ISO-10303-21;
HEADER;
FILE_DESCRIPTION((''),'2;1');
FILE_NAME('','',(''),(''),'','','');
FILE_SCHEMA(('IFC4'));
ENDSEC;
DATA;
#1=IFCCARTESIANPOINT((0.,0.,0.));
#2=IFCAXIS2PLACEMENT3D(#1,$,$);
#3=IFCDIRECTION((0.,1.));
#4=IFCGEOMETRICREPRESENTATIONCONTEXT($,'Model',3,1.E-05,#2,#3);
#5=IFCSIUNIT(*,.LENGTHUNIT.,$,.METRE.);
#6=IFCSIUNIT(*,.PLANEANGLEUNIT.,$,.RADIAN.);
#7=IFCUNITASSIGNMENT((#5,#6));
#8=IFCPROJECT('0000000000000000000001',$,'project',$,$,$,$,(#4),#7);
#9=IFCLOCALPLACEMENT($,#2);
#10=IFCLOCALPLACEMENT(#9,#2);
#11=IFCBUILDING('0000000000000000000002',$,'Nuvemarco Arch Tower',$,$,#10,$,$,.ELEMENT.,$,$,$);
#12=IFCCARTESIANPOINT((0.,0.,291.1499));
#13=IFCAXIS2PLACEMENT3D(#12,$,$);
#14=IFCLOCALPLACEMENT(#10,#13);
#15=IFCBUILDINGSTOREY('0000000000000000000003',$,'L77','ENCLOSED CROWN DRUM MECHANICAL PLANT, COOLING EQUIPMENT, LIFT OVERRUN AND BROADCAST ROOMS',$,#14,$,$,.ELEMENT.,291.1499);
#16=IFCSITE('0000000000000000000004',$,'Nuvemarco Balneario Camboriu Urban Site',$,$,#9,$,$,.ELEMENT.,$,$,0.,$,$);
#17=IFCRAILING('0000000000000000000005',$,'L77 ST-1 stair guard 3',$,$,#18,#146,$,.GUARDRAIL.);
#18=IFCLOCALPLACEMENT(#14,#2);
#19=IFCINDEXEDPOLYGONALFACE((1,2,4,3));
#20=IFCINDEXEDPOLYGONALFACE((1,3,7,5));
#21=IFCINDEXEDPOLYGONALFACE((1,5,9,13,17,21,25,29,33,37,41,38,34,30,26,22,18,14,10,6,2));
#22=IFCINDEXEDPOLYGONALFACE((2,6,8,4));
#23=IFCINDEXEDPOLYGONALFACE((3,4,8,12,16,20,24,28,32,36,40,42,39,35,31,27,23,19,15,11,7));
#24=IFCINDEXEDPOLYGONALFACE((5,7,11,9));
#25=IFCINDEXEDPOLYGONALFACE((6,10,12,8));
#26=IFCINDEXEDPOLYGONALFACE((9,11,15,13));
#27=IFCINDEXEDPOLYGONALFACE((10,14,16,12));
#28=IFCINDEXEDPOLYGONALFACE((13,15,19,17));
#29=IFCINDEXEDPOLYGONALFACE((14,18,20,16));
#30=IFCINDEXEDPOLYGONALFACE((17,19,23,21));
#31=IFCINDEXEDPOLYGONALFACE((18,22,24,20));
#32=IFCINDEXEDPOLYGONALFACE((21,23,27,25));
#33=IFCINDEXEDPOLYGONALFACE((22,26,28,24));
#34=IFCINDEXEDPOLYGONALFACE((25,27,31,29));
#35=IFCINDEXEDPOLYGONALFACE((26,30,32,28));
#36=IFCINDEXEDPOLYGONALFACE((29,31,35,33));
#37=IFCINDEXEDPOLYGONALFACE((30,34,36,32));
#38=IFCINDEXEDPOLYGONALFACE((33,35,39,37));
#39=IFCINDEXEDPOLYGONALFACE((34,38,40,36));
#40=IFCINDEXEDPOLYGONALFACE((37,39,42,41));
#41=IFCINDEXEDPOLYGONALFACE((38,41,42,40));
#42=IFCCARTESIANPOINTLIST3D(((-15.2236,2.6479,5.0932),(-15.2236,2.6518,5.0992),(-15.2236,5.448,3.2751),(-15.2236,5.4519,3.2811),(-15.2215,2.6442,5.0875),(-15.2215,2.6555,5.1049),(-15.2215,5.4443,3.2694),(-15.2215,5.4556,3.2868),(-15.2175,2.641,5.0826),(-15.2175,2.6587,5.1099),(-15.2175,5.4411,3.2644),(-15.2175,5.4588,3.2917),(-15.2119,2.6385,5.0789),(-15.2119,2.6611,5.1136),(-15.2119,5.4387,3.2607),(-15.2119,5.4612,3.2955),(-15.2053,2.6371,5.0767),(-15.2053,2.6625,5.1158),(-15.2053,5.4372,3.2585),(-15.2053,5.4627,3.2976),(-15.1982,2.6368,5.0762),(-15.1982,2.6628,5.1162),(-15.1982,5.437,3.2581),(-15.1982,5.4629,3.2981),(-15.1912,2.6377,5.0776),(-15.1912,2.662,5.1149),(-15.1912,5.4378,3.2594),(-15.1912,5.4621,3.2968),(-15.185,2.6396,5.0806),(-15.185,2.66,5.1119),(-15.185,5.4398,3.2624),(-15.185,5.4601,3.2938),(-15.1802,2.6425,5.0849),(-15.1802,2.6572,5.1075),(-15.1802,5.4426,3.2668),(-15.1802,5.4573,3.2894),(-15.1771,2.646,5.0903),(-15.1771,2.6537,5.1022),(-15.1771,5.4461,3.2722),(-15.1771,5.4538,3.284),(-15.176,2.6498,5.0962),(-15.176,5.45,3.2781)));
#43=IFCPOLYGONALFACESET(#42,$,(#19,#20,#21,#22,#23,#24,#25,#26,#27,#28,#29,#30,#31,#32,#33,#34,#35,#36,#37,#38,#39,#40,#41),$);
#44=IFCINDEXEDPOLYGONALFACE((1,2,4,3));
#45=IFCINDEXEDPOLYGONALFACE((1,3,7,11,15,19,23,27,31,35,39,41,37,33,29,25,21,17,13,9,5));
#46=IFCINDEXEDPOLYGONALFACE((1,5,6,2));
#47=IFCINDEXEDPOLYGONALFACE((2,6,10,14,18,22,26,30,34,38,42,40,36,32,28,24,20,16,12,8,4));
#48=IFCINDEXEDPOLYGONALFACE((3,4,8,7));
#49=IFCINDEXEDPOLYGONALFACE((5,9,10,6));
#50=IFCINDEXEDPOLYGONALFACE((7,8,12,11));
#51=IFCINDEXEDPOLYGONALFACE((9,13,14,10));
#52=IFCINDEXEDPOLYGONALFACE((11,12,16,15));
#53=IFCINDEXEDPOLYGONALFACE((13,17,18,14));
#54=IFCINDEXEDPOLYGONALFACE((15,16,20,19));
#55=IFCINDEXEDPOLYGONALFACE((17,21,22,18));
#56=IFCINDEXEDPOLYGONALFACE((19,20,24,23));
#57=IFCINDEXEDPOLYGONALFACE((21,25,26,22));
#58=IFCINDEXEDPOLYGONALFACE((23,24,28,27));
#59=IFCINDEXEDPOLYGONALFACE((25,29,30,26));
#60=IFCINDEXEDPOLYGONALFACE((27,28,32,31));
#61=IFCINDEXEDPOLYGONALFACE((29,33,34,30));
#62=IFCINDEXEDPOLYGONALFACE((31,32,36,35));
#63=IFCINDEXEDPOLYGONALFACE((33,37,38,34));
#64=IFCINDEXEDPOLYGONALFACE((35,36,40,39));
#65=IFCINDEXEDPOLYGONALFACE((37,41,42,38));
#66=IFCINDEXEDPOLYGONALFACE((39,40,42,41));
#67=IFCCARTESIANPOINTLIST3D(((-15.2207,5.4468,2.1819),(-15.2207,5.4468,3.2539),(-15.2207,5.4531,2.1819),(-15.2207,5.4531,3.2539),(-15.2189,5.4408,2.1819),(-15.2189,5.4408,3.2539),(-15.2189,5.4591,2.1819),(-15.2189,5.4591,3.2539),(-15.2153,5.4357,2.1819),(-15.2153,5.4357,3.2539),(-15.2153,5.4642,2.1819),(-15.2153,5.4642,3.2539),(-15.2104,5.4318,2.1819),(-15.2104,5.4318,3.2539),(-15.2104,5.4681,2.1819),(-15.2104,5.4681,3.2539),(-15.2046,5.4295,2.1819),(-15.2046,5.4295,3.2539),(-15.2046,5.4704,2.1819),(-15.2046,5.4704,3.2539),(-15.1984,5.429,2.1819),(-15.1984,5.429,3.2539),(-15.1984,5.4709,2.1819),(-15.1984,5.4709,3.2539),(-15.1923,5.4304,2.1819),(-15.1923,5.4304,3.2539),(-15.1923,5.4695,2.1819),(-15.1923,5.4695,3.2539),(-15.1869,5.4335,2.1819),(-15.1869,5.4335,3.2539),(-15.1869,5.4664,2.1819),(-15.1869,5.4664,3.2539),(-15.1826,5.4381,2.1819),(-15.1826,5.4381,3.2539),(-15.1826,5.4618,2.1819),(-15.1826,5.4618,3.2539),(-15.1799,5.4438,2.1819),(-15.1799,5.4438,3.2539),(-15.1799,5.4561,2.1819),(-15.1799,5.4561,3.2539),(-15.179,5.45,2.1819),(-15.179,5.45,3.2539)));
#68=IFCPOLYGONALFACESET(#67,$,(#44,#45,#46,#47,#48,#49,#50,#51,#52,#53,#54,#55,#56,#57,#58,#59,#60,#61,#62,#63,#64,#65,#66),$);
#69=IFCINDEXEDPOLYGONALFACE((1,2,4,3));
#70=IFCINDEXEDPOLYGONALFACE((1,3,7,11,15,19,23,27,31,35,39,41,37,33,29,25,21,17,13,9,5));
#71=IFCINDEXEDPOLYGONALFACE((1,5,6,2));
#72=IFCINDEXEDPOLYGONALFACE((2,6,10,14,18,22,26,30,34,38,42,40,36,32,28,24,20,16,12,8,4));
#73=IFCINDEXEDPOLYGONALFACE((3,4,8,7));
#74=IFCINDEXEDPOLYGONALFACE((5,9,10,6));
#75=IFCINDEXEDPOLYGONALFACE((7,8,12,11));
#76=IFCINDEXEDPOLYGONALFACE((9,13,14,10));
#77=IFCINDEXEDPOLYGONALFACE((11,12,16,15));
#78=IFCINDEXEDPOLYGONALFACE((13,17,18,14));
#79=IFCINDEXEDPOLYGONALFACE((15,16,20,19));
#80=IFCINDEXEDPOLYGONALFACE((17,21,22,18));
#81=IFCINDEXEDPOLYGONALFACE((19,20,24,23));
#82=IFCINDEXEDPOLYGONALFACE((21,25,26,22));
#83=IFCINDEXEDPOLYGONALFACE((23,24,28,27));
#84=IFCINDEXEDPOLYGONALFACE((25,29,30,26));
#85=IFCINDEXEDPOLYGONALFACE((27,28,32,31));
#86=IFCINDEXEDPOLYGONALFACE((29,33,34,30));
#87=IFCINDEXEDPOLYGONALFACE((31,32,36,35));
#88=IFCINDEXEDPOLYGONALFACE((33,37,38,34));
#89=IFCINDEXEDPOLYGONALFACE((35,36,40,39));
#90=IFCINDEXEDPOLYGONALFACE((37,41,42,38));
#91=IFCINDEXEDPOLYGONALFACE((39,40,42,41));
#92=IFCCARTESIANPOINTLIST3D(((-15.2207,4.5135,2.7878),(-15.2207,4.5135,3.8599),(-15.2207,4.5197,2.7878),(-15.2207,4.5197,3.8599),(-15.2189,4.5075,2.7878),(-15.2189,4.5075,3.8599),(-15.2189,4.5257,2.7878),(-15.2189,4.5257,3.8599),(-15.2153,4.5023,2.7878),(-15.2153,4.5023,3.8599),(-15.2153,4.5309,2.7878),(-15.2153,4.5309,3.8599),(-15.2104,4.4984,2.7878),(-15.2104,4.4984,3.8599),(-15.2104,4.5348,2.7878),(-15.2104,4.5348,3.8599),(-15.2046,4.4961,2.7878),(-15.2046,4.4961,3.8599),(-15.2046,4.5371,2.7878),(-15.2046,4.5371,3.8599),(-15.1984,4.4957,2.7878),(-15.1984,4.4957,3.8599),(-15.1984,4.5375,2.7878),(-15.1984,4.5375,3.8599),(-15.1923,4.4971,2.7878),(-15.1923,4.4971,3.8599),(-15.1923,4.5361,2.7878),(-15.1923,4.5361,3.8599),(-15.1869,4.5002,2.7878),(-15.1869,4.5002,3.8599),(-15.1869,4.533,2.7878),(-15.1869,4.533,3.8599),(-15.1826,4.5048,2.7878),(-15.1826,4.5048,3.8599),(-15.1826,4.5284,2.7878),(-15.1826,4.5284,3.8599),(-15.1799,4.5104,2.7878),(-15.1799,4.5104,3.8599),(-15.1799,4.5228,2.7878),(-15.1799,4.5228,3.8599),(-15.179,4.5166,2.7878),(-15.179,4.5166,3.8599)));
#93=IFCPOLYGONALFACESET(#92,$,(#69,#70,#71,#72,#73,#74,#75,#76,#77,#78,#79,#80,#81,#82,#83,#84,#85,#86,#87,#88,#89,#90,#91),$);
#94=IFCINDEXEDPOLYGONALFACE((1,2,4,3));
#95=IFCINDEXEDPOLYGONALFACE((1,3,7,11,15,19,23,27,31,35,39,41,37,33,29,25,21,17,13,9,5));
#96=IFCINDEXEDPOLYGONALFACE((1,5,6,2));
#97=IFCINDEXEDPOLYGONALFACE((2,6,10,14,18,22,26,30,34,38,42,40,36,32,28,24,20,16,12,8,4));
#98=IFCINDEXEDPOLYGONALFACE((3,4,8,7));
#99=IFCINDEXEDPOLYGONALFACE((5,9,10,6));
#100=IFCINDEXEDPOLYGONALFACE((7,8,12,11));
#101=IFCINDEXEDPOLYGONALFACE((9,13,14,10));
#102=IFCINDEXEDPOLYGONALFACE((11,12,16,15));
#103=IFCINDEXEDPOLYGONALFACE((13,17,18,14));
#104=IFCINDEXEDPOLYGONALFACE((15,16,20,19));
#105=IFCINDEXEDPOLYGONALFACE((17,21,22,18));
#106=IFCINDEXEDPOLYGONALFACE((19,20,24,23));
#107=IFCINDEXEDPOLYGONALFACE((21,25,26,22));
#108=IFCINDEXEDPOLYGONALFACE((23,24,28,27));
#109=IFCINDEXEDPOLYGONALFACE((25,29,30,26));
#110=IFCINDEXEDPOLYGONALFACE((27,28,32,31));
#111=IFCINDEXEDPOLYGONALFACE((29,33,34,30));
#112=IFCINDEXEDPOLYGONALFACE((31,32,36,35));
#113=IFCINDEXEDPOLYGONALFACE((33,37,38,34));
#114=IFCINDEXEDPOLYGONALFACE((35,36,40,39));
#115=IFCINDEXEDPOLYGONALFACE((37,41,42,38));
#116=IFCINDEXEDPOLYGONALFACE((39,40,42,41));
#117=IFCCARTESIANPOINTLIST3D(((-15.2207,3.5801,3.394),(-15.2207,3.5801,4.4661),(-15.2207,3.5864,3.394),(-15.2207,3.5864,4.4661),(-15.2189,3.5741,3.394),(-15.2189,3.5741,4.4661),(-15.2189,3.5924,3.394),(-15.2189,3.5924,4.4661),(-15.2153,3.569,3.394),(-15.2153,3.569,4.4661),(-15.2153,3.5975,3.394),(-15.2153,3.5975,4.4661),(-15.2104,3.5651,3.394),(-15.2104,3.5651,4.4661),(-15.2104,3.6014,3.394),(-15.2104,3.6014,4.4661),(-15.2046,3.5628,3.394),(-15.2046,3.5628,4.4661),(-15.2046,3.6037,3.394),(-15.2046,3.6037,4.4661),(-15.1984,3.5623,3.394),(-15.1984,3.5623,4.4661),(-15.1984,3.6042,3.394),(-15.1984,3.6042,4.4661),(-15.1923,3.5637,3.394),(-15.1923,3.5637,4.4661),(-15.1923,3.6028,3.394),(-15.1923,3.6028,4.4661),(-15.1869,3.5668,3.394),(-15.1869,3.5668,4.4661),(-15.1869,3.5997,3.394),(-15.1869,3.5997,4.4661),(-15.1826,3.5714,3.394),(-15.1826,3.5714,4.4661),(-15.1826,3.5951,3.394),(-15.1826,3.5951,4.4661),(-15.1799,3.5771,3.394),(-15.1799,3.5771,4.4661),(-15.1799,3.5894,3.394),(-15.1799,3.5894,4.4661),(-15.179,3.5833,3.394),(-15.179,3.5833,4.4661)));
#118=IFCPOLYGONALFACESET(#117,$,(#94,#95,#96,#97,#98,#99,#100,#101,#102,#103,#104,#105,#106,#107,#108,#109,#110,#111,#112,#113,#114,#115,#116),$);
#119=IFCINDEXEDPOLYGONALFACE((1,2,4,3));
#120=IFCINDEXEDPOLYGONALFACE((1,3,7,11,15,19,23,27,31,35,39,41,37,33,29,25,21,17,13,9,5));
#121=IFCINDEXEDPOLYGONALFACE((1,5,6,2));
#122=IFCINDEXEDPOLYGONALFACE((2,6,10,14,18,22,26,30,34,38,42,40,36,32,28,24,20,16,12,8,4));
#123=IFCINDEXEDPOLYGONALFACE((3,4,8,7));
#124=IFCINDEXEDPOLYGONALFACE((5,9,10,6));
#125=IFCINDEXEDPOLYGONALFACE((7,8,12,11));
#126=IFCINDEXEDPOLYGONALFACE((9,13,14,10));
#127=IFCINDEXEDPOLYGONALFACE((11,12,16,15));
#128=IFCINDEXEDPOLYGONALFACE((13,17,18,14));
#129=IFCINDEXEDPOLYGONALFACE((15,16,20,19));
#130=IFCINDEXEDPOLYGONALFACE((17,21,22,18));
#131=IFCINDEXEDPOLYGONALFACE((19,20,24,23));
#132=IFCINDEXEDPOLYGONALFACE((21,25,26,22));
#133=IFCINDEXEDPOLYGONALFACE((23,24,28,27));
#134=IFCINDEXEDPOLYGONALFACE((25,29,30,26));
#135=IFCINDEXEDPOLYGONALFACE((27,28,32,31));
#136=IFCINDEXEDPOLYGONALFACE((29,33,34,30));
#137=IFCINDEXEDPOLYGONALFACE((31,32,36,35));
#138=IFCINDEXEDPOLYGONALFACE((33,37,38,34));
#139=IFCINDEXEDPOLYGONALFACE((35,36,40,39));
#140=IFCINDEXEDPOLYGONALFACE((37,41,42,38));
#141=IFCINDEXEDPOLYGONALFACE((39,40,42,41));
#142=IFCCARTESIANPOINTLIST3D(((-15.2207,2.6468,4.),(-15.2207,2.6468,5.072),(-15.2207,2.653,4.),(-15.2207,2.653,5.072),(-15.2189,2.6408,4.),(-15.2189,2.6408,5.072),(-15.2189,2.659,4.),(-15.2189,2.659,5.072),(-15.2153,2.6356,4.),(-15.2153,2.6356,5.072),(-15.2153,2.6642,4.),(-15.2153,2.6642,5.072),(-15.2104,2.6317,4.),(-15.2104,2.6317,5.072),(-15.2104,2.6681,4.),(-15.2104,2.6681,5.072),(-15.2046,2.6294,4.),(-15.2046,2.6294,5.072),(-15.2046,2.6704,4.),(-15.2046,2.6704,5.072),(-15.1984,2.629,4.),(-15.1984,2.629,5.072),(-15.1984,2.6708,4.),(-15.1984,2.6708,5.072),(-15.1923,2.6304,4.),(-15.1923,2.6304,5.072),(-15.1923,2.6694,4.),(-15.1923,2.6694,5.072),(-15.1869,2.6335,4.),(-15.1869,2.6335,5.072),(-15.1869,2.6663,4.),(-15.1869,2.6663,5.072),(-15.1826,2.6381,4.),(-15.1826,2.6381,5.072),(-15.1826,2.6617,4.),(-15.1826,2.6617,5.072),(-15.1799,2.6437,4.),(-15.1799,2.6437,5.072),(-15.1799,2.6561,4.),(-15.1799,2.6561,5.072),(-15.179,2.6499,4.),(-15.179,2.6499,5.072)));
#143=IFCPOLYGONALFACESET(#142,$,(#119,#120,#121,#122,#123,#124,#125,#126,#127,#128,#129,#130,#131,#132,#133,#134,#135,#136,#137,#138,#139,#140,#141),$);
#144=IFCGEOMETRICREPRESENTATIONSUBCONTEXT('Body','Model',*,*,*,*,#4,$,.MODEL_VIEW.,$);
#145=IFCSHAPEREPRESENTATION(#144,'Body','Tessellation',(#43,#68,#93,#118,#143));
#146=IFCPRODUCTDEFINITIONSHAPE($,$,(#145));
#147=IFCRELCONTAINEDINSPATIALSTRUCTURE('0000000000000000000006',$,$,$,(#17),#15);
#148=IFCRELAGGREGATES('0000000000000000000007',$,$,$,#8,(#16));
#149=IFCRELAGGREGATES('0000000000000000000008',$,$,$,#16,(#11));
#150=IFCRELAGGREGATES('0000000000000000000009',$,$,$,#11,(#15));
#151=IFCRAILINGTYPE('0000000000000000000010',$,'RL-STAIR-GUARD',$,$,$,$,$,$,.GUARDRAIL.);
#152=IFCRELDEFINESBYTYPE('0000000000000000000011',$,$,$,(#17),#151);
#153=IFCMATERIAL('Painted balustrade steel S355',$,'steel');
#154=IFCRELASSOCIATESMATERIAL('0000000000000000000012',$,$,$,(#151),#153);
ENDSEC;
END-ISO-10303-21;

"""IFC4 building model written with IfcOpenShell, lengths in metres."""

from ifc_helpers import new_model, si_unit, direction, frame, origin, origin_2d, place, context, subcontext, project, spatial, circle, extrude, material, type_object, element, save


model = new_model("IFC4")

# Units and contexts
model_context = context("Model", 3, precision=1e-05, world=origin(), true_north=direction((0.0, 1.0)))
body_context = subcontext(model_context, "Body", "Model", "MODEL_VIEW")
ifc_project = project(units=[si_unit("LENGTHUNIT", "METRE"), si_unit("PLANEANGLEUNIT", "RADIAN")], contexts=[model_context])

# Site, building, storey
site_placement = place(None, origin())
site = spatial("IfcSite", under=ifc_project, at=site_placement, Name="Nuvemarco Balneario Camboriu Urban Site", CompositionType="ELEMENT", RefElevation=0.0)
building_placement = place(site_placement, origin())
building = spatial("IfcBuilding", under=site, at=building_placement, Name="Nuvemarco Arch Tower", CompositionType="ELEMENT")
storey_placement = place(building_placement, frame((0.0, 0.0, 291.1499)))
storey = spatial("IfcBuildingStorey", under=building, at=storey_placement, Name="L77", Description="ENCLOSED CROWN DRUM MECHANICAL PLANT, COOLING EQUIPMENT, LIFT OVERRUN AND BROADCAST ROOMS", CompositionType="ELEMENT", Elevation=291.1499)

# Railing
ifc_material_1 = material(Name="Painted balustrade steel S355", Category="steel")
railing_type_1 = type_object("IfcRailingType", Name="RL-STAIR-GUARD", PredefinedType="GUARDRAIL", material=ifc_material_1)
railing_1_placement = place(storey_placement, frame((-15.2, 5.45, 2.1819)))
element("IfcRailing", 1, at=railing_1_placement, inside=storey, type_object=railing_type_1, Name="L77 ST-1 stair guard 3", PredefinedType="GUARDRAIL", context=body_context, shape_type="SweptSolid", body=[
    extrude(circle(Radius=0.0239, at=origin_2d()), frame((0.0, 0.0, 1.0962), z_axis=(0.0, -0.838706, 0.544585), x_axis=(1.0, 0.0, 0.0)), (0.0, 0.0, 1.0), 3.3386),
    extrude(circle(Radius=0.021, at=origin_2d()), origin(), (0.0, 0.0, 1.0), 1.072),
    extrude(circle(Radius=0.021, at=origin_2d()), frame((0.0, -0.9333, 0.606)), (0.0, 0.0, 1.0), 1.072),
    extrude(circle(Radius=0.021, at=origin_2d()), frame((0.0, -1.8667, 1.2122)), (0.0, 0.0, 1.0), 1.072),
    extrude(circle(Radius=0.021, at=origin_2d()), frame((0.0, -2.8, 1.8181)), (0.0, 0.0, 1.0), 1.072),
])

save(model, "model.ifc")
